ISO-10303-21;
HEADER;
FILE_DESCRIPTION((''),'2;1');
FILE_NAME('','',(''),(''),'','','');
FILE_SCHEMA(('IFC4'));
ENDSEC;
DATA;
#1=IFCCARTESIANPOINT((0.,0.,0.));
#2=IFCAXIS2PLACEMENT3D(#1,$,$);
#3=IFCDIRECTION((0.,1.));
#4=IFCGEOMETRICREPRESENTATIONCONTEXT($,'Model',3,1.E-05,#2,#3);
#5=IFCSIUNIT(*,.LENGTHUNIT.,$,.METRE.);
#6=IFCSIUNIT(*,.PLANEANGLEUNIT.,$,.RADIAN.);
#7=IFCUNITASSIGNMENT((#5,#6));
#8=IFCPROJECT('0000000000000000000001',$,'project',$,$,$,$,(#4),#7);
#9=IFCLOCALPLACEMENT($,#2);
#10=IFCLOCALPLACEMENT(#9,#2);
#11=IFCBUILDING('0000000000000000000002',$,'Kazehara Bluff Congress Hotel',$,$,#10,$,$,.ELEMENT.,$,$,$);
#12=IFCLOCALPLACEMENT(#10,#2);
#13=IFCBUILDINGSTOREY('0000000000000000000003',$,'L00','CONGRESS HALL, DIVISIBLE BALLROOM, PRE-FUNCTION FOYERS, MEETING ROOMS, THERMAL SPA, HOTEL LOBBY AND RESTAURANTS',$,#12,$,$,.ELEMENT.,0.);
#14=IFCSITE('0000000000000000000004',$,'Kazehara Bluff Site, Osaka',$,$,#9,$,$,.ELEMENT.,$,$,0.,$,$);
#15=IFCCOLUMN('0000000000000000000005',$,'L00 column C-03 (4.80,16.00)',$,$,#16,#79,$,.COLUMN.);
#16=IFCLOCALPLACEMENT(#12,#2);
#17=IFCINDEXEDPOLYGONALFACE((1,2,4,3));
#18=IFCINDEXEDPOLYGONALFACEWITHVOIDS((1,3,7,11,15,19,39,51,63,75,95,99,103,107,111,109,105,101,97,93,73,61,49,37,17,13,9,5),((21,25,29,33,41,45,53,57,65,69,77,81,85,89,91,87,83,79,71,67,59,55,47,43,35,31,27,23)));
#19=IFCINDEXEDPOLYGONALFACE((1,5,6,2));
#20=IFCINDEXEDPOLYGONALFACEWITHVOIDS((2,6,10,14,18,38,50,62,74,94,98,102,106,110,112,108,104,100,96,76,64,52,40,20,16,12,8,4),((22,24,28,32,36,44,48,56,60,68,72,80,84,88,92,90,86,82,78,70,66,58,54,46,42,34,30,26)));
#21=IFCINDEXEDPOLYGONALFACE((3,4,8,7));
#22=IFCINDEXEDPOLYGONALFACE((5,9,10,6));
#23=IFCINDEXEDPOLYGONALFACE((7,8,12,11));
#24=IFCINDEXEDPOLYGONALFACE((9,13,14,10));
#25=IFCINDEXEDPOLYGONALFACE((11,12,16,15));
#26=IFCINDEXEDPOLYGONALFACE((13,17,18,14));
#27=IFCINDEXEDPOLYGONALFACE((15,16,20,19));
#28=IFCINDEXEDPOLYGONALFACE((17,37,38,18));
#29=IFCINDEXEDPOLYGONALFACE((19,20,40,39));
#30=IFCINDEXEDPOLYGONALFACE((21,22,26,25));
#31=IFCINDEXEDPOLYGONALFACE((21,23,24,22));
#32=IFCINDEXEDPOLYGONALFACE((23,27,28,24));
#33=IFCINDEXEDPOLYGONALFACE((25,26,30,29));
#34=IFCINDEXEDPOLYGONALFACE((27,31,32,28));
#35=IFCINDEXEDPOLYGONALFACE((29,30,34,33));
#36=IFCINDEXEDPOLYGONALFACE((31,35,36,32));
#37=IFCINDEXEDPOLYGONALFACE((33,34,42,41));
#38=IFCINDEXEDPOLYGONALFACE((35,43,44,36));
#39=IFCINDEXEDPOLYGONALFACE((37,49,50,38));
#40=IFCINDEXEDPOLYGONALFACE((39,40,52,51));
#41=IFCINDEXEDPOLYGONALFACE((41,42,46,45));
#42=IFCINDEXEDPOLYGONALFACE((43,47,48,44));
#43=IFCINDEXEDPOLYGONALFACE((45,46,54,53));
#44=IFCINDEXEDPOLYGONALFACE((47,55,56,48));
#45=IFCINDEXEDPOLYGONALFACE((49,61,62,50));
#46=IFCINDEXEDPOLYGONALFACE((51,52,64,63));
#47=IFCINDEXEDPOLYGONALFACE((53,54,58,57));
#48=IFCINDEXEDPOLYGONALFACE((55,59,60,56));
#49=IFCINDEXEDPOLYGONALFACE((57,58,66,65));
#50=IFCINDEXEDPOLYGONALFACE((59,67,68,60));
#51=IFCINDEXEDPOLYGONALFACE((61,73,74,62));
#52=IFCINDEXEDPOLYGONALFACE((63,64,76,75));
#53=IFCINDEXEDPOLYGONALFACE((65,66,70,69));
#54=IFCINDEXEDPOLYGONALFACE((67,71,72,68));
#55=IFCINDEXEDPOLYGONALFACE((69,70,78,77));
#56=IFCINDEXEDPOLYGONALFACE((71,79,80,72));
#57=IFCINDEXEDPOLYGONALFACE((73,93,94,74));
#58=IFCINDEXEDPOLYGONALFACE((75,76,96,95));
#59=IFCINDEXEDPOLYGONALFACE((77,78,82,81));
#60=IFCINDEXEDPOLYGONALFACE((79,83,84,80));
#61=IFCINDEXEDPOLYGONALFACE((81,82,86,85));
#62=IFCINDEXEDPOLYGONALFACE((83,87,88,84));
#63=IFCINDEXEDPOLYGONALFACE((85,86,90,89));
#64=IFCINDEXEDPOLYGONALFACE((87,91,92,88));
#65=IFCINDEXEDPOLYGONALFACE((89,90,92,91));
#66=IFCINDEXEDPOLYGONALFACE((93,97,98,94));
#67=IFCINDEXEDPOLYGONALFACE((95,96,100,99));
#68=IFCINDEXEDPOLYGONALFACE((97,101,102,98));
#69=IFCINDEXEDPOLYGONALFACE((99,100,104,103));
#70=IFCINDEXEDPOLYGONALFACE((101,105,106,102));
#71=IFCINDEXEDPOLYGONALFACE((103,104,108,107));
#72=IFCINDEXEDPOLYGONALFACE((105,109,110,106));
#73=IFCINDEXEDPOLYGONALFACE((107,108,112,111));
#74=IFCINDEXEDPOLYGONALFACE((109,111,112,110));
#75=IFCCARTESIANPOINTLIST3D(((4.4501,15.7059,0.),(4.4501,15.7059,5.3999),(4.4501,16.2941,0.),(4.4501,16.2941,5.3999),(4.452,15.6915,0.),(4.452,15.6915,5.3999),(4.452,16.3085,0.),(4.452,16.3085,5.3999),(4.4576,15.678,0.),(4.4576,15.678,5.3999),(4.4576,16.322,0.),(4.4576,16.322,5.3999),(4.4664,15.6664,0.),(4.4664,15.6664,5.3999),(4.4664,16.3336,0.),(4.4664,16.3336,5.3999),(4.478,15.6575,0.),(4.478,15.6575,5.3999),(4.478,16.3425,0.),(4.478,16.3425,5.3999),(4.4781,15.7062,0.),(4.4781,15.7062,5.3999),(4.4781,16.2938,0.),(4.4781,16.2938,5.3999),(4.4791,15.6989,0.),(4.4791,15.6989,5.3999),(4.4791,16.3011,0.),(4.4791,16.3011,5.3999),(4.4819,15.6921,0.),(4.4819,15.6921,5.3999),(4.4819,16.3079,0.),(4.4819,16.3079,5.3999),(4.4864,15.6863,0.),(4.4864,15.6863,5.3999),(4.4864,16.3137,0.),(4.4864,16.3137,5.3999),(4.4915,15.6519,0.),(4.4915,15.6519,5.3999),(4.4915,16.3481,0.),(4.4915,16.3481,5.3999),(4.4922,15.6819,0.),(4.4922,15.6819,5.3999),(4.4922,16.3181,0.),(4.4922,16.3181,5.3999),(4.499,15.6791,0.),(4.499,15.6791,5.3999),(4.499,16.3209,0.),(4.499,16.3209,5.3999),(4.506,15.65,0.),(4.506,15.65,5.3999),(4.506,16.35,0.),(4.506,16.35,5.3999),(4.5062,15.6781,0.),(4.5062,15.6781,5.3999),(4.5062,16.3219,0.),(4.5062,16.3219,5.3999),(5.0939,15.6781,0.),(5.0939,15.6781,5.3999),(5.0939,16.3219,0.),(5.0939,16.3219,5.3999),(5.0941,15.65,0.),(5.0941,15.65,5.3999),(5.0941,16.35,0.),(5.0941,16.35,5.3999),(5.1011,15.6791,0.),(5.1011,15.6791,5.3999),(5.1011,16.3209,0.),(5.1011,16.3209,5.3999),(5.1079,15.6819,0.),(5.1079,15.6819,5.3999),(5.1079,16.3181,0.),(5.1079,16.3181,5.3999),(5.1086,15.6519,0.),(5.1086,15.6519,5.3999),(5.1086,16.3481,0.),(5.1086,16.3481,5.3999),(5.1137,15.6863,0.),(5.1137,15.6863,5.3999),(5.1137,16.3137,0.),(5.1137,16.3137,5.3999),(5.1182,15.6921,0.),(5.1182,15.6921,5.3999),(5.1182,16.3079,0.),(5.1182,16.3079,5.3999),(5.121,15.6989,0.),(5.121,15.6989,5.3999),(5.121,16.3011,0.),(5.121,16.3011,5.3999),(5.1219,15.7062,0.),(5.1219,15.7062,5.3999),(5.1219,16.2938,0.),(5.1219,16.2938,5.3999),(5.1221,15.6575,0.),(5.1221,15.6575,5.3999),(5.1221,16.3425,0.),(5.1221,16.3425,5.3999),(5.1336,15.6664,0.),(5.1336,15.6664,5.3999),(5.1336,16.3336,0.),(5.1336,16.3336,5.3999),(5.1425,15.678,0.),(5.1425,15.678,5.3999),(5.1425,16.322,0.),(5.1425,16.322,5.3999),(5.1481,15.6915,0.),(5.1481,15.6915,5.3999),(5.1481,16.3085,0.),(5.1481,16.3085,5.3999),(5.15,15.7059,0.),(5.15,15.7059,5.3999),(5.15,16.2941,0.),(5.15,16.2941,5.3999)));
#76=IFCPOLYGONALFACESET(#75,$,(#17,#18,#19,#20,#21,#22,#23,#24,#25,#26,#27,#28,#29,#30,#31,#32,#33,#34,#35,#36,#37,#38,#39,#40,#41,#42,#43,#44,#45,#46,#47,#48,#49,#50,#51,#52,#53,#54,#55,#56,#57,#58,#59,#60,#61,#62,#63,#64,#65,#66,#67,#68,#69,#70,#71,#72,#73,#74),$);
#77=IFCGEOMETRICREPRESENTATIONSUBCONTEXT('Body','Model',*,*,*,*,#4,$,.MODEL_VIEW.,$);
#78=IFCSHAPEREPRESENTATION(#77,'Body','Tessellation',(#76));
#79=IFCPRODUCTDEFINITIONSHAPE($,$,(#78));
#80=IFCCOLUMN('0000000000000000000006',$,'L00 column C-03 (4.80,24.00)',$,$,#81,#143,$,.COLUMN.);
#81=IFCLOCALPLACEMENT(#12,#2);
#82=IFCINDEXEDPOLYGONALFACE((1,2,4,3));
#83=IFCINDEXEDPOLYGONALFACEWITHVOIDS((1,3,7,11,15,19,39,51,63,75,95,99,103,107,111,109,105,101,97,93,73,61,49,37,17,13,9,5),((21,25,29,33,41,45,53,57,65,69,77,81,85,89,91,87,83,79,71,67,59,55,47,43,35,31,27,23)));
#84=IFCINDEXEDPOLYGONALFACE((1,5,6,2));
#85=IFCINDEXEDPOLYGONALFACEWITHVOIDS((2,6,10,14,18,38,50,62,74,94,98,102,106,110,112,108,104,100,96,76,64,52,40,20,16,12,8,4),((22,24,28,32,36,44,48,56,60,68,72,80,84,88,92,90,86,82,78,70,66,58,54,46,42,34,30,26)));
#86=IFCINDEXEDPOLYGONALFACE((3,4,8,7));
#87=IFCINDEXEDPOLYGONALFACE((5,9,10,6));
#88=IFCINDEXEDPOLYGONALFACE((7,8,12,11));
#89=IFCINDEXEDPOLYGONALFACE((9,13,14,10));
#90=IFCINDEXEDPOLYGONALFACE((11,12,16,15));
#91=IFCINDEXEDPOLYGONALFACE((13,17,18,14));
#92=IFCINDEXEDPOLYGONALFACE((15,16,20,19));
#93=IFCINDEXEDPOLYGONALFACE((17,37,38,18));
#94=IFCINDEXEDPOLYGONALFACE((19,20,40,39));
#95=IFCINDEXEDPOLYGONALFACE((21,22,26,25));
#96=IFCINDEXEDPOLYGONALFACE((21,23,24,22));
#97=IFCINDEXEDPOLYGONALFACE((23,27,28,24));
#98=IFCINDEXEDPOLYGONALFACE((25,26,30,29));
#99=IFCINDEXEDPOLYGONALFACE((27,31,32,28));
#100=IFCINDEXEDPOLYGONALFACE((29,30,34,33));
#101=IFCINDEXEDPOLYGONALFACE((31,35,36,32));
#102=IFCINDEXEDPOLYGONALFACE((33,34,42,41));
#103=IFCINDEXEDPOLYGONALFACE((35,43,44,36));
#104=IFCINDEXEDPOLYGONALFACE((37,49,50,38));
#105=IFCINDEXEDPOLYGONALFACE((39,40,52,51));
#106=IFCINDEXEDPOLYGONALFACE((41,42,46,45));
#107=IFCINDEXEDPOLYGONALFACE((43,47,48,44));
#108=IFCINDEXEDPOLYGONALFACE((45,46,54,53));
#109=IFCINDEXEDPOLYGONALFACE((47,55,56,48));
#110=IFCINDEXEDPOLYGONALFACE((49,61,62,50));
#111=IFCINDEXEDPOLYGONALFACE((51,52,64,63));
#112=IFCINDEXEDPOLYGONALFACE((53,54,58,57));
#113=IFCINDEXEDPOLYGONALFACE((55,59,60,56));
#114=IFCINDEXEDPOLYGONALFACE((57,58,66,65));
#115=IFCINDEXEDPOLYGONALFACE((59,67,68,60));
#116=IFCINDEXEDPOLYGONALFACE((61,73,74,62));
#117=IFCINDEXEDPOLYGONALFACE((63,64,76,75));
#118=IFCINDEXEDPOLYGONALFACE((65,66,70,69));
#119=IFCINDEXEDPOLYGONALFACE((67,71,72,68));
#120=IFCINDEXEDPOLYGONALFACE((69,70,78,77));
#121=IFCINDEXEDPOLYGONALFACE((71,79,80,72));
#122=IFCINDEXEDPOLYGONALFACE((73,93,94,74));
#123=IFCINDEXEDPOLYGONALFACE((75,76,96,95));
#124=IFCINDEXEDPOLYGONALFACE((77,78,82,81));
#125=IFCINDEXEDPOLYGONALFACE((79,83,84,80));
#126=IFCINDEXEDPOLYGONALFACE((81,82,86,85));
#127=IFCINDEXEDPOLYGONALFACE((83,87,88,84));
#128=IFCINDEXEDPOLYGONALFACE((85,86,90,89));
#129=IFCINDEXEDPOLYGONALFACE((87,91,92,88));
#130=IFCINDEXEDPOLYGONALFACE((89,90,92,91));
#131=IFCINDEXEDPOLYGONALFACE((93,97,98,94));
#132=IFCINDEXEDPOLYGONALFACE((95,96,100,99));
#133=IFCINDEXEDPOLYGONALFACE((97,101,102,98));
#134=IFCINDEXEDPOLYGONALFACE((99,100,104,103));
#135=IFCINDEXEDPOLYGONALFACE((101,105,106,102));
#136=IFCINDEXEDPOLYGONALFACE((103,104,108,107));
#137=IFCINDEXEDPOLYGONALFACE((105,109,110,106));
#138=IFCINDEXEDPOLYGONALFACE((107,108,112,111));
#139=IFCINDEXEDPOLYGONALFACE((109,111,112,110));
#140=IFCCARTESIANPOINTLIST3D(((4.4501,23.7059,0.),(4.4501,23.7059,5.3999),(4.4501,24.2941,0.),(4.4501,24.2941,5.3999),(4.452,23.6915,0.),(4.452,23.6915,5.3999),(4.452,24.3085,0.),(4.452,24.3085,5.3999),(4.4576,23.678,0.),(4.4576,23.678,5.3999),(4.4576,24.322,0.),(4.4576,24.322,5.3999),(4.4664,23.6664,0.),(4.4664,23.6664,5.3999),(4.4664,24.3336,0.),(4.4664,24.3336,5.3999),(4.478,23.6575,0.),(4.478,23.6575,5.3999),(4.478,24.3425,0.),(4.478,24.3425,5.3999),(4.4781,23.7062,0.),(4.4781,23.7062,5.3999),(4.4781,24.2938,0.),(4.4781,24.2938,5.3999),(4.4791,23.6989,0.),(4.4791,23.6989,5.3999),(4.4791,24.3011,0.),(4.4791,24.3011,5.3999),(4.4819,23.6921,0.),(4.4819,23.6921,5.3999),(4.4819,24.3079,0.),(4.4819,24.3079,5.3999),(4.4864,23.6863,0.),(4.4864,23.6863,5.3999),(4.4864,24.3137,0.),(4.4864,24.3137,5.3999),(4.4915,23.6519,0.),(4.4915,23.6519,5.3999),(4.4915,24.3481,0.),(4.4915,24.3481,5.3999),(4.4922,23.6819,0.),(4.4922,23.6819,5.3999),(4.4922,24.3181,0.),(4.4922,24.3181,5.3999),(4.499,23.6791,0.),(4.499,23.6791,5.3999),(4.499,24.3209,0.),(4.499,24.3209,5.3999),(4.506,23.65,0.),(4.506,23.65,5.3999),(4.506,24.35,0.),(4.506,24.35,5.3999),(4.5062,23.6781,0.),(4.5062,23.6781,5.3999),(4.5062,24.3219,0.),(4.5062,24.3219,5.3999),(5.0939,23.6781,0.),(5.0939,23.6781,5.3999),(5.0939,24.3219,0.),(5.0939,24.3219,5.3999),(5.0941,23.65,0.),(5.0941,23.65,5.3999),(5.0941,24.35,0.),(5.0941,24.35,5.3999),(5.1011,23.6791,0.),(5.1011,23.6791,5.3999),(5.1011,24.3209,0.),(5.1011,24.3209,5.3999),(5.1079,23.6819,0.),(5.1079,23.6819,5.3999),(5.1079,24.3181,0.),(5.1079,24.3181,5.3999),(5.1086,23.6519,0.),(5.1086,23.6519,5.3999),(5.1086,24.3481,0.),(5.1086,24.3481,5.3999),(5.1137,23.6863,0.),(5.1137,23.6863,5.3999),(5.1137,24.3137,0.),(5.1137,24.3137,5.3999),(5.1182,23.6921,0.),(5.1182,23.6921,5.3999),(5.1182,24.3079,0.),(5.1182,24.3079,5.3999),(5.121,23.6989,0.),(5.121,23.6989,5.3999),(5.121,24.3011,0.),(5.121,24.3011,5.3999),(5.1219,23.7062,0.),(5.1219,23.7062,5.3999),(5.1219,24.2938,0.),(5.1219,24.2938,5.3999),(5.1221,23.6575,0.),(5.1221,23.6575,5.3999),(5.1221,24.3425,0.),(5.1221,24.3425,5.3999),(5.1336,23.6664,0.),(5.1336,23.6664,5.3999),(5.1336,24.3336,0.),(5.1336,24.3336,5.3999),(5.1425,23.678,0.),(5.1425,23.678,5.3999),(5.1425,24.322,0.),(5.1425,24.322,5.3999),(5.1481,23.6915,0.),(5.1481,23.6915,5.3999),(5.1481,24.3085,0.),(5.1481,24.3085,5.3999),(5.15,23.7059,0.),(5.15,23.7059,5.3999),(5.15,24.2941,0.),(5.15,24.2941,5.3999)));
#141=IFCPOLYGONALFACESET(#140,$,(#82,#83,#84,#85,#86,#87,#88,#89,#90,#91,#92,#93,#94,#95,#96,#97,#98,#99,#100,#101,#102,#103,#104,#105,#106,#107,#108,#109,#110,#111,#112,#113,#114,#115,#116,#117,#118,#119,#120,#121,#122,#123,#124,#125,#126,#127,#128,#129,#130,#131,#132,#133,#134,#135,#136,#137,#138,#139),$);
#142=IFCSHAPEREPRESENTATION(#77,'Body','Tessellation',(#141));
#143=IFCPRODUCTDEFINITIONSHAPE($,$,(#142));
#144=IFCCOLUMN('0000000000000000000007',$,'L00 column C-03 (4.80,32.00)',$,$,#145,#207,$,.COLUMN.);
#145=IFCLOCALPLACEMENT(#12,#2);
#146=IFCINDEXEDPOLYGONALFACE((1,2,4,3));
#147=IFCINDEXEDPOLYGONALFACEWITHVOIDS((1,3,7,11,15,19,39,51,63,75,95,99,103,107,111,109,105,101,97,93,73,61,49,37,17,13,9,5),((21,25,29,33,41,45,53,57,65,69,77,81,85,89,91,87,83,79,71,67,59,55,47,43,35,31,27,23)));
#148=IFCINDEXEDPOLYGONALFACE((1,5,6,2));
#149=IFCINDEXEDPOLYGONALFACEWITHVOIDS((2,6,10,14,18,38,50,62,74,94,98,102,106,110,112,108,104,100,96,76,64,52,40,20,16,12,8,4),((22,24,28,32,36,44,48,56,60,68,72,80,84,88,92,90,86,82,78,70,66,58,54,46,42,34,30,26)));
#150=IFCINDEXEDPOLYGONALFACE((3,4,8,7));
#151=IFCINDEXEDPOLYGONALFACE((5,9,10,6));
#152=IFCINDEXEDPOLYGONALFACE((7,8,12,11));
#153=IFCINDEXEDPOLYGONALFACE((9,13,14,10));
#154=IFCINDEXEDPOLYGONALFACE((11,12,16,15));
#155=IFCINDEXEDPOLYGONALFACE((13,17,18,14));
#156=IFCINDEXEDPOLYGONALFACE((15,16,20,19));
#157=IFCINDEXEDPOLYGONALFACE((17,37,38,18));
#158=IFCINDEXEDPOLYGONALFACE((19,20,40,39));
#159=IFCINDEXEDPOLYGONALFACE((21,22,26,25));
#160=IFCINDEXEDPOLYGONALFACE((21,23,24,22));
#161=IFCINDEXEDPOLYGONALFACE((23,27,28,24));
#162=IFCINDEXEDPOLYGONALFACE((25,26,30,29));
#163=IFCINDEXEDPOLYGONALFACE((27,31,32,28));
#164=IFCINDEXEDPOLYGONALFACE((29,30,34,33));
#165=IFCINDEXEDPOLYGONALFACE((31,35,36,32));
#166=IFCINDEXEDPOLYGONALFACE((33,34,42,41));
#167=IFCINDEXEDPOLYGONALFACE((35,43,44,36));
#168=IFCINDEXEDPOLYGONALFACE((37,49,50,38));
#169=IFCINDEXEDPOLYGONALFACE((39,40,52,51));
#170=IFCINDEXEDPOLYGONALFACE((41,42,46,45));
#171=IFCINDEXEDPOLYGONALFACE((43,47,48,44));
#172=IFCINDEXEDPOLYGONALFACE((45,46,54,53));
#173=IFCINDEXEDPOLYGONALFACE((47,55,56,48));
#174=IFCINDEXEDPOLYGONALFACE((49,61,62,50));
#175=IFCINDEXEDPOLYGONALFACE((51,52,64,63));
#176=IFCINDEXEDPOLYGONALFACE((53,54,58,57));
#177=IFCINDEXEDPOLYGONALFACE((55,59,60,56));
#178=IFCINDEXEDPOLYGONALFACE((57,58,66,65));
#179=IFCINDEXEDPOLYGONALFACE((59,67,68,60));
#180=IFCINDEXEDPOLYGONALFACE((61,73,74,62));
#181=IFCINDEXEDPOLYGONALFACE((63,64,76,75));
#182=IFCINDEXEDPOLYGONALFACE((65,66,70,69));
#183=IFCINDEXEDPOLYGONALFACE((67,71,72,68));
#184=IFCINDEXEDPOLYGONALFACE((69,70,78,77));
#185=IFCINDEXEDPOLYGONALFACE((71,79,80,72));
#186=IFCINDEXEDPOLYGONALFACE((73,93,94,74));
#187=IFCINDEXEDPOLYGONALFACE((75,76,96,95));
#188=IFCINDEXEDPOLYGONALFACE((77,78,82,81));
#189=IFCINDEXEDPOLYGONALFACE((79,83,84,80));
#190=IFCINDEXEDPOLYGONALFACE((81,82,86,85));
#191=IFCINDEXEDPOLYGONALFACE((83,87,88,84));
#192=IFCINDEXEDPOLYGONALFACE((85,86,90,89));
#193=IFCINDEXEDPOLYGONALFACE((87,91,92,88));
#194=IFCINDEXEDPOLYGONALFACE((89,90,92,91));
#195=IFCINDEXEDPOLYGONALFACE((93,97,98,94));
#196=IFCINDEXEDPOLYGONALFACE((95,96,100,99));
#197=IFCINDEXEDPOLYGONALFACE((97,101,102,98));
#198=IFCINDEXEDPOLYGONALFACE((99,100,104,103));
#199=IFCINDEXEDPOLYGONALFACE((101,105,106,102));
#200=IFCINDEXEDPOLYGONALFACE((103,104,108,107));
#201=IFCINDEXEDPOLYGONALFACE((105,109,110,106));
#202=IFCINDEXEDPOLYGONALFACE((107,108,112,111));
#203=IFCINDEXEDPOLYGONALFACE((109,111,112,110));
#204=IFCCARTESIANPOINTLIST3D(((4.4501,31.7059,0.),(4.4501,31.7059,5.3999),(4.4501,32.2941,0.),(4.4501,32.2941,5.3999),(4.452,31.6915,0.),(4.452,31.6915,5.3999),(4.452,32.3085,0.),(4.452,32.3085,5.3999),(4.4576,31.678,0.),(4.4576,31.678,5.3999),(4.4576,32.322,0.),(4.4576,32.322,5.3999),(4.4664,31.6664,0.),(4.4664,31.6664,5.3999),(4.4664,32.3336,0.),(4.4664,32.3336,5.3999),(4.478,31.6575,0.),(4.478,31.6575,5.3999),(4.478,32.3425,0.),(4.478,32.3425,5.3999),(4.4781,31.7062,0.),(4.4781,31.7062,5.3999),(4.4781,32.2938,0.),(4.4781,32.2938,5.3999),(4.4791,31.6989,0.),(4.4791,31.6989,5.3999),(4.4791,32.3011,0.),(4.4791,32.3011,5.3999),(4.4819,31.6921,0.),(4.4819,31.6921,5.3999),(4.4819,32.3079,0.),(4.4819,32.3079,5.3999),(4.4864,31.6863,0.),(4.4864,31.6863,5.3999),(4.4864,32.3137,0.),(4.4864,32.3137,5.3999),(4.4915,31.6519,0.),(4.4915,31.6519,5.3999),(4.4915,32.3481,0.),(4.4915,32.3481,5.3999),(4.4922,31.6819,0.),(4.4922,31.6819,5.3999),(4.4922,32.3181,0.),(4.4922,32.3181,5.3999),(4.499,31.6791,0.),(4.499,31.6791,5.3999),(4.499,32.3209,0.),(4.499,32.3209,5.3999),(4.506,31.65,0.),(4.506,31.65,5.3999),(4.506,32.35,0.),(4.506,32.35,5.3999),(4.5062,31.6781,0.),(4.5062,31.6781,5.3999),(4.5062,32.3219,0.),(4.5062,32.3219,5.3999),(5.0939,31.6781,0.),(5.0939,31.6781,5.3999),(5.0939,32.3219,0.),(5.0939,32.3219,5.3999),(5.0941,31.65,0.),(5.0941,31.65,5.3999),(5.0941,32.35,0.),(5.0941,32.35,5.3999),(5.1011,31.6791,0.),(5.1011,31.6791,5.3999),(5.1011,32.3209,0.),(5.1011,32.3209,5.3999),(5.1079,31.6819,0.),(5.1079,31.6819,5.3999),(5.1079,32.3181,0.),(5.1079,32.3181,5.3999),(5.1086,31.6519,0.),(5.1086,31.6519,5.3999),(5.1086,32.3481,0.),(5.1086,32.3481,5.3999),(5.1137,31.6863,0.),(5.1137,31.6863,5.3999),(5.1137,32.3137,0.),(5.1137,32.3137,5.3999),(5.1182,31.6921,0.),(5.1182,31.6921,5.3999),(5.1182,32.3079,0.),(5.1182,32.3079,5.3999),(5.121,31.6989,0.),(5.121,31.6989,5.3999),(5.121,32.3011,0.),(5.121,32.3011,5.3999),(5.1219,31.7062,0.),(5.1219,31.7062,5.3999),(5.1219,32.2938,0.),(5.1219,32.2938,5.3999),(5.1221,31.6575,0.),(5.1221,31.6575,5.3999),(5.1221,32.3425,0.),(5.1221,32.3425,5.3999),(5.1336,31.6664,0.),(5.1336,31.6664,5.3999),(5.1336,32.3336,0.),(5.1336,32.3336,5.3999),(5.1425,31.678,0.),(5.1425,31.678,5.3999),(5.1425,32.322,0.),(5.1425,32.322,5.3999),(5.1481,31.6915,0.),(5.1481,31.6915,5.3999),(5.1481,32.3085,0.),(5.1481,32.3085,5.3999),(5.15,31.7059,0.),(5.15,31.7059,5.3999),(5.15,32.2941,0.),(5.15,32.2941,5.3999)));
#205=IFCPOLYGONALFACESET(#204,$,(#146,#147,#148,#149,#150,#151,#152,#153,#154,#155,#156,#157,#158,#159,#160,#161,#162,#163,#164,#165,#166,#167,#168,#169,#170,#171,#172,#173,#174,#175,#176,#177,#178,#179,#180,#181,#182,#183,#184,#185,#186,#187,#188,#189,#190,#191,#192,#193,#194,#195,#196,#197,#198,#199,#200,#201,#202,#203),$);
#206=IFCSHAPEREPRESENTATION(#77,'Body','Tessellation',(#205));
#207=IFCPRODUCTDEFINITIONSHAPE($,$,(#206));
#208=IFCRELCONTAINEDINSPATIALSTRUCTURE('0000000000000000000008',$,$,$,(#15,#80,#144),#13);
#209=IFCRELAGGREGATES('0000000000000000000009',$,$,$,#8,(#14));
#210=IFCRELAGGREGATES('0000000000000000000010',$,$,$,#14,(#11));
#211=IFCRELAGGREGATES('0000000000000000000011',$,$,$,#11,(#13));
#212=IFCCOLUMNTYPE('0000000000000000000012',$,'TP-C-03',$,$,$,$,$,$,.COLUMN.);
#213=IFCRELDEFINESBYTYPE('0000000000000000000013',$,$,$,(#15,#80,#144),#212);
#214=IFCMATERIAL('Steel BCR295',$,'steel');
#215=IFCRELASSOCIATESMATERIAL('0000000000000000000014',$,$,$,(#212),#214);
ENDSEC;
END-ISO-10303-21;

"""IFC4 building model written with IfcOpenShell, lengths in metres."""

from ifc_helpers import new_model, si_unit, direction, frame, origin, origin_2d, place, context, subcontext, project, spatial, hollow_rectangle, extrude, material, material_profile, profile_set, type_object, element, save


model = new_model("IFC4")

# Units and contexts
model_context = context("Model", 3, precision=1e-05, world=origin(), true_north=direction((0.0, 1.0)))
body_context = subcontext(model_context, "Body", "Model", "MODEL_VIEW")
ifc_project = project(units=[si_unit("LENGTHUNIT", "METRE"), si_unit("PLANEANGLEUNIT", "RADIAN")], contexts=[model_context])

# Site, building, storey
site_placement = place(None, origin())
site = spatial("IfcSite", under=ifc_project, at=site_placement, Name="Kazehara Bluff Site, Osaka", CompositionType="ELEMENT", RefElevation=0.0)
building_placement = place(site_placement, origin())
building = spatial("IfcBuilding", under=site, at=building_placement, Name="Kazehara Bluff Congress Hotel", CompositionType="ELEMENT")
storey_placement = place(building_placement, origin())
storey = spatial("IfcBuildingStorey", under=building, at=storey_placement, Name="L00", Description="CONGRESS HALL, DIVISIBLE BALLROOM, PRE-FUNCTION FOYERS, MEETING ROOMS, THERMAL SPA, HOTEL LOBBY AND RESTAURANTS", CompositionType="ELEMENT", Elevation=0.0)

# Columns
ifc_material_1 = material(Name="Steel BCR295", Category="steel")
ifc_material_profile_1 = material_profile(ifc_material_1, hollow_rectangle(XDim=0.7, YDim=0.7, WallThickness=0.0281, InnerFilletRadius=0.0281, OuterFilletRadius=0.0559, at=origin_2d()))
ifc_profile_set_1 = profile_set([ifc_material_profile_1], Name="Steel BCR295")
column_type = type_object("IfcColumnType", Name="TP-C-03", PredefinedType="COLUMN", material=ifc_profile_set_1)
for number, where, z_axis, x_axis, name in (
    (1, (4.8, 16.0, 0.0), (0.0, 0.0, 1.0), (1.0, 0.0, 0.0), "L00 column C-03 (4.80,16.00)"),
    (2, (4.8, 24.0, 0.0), (0.0, 0.0, 1.0), (1.0, 0.0, 0.0), "L00 column C-03 (4.80,24.00)"),
    (3, (4.8, 32.0, 0.0), (0.0, 0.0, 1.0), (1.0, 0.0, 0.0), "L00 column C-03 (4.80,32.00)"),
):
    element("IfcColumn", number, at=place(storey_placement, frame(where, z_axis=z_axis, x_axis=x_axis)), inside=storey, type_object=column_type, Name=name, PredefinedType="COLUMN", context=body_context, shape_type="SweptSolid", body=[
        extrude(hollow_rectangle(XDim=0.7, YDim=0.7, WallThickness=0.0281, InnerFilletRadius=0.0281, OuterFilletRadius=0.0559, at=origin_2d()), origin(), (0.0, 0.0, 1.0), 5.3999),
    ])

save(model, "model.ifc")
